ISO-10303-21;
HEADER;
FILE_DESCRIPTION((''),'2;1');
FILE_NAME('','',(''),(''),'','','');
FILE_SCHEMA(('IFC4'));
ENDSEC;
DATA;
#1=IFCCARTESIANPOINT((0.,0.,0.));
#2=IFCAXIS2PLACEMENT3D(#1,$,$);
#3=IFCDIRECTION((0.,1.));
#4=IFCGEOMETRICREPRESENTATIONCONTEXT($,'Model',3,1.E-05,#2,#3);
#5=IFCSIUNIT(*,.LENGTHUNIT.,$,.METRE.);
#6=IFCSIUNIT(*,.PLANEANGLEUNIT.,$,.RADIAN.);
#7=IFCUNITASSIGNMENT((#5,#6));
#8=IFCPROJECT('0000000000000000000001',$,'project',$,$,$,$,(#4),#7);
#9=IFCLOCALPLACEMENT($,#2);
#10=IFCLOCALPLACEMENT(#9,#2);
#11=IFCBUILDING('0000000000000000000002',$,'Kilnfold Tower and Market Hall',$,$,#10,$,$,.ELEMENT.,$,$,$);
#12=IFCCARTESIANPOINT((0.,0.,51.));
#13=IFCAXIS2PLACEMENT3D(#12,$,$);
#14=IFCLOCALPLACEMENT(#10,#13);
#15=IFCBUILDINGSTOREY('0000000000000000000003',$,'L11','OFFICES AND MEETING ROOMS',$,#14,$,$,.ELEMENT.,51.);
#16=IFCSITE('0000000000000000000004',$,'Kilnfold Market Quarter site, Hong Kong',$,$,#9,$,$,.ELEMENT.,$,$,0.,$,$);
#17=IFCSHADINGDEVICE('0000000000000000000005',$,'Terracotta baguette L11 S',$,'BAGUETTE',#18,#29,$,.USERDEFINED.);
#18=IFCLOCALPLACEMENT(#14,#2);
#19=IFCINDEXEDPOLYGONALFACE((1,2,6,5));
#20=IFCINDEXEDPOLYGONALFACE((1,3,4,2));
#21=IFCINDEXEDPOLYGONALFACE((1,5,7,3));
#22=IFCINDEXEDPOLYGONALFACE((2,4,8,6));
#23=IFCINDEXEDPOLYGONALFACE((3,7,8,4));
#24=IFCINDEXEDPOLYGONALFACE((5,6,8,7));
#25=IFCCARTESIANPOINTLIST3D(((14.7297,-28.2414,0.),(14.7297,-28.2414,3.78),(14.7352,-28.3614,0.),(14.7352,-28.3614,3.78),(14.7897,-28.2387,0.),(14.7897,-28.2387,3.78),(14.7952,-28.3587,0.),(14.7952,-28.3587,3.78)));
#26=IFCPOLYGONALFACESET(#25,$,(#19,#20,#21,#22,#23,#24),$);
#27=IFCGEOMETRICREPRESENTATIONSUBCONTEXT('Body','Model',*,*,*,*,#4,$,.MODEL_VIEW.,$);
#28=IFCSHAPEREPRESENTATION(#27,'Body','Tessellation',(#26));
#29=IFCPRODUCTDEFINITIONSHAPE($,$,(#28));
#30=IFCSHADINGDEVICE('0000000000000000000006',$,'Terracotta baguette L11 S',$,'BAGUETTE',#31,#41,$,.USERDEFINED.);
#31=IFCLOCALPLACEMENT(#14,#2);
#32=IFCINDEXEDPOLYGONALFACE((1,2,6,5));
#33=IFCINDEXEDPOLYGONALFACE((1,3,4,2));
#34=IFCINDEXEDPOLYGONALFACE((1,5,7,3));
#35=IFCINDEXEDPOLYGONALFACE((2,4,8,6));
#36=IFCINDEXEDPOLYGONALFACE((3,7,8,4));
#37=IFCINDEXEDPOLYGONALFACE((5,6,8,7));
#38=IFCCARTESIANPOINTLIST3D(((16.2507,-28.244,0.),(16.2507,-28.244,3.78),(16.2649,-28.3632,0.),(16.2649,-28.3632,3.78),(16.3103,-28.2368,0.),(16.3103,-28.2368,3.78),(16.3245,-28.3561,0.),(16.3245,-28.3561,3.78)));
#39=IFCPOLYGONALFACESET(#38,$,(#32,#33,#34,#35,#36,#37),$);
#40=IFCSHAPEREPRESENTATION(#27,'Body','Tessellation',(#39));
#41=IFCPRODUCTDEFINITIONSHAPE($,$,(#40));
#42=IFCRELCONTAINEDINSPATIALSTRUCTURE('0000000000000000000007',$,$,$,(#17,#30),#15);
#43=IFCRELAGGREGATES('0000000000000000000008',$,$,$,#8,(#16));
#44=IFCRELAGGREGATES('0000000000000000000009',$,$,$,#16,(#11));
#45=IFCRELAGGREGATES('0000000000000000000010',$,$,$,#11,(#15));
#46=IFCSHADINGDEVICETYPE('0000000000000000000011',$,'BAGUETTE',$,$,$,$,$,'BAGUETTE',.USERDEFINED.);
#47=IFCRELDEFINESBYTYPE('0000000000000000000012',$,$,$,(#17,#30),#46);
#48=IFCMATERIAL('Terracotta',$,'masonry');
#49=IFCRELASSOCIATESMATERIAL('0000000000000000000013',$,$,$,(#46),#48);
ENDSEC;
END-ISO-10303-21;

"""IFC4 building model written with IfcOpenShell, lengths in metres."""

from ifc_helpers import new_model, si_unit, direction, frame, origin, origin_2d, place, context, subcontext, project, spatial, rectangle, extrude, source, transform, mapped, material, material_profile, profile_set, type_object, element, save


model = new_model("IFC4")

# Units and contexts
model_context = context("Model", 3, precision=1e-05, world=origin(), true_north=direction((0.0, 1.0)))
body_context = subcontext(model_context, "Body", "Model", "MODEL_VIEW")
ifc_project = project(units=[si_unit("LENGTHUNIT", "METRE"), si_unit("PLANEANGLEUNIT", "RADIAN")], contexts=[model_context])

# Site, building, storey
site_placement = place(None, origin())
site = spatial("IfcSite", under=ifc_project, at=site_placement, Name="Kilnfold Market Quarter site, Hong Kong", CompositionType="ELEMENT", RefElevation=0.0)
building_placement = place(site_placement, origin())
building = spatial("IfcBuilding", under=site, at=building_placement, Name="Kilnfold Tower and Market Hall", CompositionType="ELEMENT")
storey_placement = place(building_placement, frame((0.0, 0.0, 51.0)))
storey = spatial("IfcBuildingStorey", under=building, at=storey_placement, Name="L11", Description="OFFICES AND MEETING ROOMS", CompositionType="ELEMENT", Elevation=51.0)

# Shading devices
ifc_material_1 = material(Name="Terracotta", Category="masonry")
ifc_material_profile_1 = material_profile(ifc_material_1, rectangle(XDim=0.0601, YDim=0.1201, at=origin_2d()), Name="BAG 60x120")
ifc_profile_set_1 = profile_set([ifc_material_profile_1], Name="Terracotta")
shading_device_type = type_object("IfcShadingDeviceType", Name="BAGUETTE", ElementType="BAGUETTE", PredefinedType="USERDEFINED", material=ifc_profile_set_1)
shared_shape_1 = source(origin(), body_context, "Body", "SweptSolid", [
    extrude(rectangle(XDim=0.0601, YDim=0.1201, at=origin_2d()), origin(), (0.0, 0.0, 1.0), 3.78),
])
for number, where, z_axis, x_axis, name in (
    (1, (14.7625, -28.3, 0.0), (0.0, 0.0, 1.0), (0.998941, 0.04601, 0.0), "Terracotta baguette L11 S"),
    (2, (16.2876, -28.3, 0.0), (0.0, 0.0, 1.0), (0.992928, 0.118721, 0.0), "Terracotta baguette L11 S"),
):
    element("IfcShadingDevice", number, at=place(storey_placement, frame(where, z_axis=z_axis, x_axis=x_axis)), inside=storey, type_object=shading_device_type, Name=name, ObjectType="BAGUETTE", PredefinedType="USERDEFINED", context=body_context, shape_type="MappedRepresentation", body=[
        mapped(shared_shape_1, transform((0.0, 0.0, 0.0))),
    ])

save(model, "model.ifc")
